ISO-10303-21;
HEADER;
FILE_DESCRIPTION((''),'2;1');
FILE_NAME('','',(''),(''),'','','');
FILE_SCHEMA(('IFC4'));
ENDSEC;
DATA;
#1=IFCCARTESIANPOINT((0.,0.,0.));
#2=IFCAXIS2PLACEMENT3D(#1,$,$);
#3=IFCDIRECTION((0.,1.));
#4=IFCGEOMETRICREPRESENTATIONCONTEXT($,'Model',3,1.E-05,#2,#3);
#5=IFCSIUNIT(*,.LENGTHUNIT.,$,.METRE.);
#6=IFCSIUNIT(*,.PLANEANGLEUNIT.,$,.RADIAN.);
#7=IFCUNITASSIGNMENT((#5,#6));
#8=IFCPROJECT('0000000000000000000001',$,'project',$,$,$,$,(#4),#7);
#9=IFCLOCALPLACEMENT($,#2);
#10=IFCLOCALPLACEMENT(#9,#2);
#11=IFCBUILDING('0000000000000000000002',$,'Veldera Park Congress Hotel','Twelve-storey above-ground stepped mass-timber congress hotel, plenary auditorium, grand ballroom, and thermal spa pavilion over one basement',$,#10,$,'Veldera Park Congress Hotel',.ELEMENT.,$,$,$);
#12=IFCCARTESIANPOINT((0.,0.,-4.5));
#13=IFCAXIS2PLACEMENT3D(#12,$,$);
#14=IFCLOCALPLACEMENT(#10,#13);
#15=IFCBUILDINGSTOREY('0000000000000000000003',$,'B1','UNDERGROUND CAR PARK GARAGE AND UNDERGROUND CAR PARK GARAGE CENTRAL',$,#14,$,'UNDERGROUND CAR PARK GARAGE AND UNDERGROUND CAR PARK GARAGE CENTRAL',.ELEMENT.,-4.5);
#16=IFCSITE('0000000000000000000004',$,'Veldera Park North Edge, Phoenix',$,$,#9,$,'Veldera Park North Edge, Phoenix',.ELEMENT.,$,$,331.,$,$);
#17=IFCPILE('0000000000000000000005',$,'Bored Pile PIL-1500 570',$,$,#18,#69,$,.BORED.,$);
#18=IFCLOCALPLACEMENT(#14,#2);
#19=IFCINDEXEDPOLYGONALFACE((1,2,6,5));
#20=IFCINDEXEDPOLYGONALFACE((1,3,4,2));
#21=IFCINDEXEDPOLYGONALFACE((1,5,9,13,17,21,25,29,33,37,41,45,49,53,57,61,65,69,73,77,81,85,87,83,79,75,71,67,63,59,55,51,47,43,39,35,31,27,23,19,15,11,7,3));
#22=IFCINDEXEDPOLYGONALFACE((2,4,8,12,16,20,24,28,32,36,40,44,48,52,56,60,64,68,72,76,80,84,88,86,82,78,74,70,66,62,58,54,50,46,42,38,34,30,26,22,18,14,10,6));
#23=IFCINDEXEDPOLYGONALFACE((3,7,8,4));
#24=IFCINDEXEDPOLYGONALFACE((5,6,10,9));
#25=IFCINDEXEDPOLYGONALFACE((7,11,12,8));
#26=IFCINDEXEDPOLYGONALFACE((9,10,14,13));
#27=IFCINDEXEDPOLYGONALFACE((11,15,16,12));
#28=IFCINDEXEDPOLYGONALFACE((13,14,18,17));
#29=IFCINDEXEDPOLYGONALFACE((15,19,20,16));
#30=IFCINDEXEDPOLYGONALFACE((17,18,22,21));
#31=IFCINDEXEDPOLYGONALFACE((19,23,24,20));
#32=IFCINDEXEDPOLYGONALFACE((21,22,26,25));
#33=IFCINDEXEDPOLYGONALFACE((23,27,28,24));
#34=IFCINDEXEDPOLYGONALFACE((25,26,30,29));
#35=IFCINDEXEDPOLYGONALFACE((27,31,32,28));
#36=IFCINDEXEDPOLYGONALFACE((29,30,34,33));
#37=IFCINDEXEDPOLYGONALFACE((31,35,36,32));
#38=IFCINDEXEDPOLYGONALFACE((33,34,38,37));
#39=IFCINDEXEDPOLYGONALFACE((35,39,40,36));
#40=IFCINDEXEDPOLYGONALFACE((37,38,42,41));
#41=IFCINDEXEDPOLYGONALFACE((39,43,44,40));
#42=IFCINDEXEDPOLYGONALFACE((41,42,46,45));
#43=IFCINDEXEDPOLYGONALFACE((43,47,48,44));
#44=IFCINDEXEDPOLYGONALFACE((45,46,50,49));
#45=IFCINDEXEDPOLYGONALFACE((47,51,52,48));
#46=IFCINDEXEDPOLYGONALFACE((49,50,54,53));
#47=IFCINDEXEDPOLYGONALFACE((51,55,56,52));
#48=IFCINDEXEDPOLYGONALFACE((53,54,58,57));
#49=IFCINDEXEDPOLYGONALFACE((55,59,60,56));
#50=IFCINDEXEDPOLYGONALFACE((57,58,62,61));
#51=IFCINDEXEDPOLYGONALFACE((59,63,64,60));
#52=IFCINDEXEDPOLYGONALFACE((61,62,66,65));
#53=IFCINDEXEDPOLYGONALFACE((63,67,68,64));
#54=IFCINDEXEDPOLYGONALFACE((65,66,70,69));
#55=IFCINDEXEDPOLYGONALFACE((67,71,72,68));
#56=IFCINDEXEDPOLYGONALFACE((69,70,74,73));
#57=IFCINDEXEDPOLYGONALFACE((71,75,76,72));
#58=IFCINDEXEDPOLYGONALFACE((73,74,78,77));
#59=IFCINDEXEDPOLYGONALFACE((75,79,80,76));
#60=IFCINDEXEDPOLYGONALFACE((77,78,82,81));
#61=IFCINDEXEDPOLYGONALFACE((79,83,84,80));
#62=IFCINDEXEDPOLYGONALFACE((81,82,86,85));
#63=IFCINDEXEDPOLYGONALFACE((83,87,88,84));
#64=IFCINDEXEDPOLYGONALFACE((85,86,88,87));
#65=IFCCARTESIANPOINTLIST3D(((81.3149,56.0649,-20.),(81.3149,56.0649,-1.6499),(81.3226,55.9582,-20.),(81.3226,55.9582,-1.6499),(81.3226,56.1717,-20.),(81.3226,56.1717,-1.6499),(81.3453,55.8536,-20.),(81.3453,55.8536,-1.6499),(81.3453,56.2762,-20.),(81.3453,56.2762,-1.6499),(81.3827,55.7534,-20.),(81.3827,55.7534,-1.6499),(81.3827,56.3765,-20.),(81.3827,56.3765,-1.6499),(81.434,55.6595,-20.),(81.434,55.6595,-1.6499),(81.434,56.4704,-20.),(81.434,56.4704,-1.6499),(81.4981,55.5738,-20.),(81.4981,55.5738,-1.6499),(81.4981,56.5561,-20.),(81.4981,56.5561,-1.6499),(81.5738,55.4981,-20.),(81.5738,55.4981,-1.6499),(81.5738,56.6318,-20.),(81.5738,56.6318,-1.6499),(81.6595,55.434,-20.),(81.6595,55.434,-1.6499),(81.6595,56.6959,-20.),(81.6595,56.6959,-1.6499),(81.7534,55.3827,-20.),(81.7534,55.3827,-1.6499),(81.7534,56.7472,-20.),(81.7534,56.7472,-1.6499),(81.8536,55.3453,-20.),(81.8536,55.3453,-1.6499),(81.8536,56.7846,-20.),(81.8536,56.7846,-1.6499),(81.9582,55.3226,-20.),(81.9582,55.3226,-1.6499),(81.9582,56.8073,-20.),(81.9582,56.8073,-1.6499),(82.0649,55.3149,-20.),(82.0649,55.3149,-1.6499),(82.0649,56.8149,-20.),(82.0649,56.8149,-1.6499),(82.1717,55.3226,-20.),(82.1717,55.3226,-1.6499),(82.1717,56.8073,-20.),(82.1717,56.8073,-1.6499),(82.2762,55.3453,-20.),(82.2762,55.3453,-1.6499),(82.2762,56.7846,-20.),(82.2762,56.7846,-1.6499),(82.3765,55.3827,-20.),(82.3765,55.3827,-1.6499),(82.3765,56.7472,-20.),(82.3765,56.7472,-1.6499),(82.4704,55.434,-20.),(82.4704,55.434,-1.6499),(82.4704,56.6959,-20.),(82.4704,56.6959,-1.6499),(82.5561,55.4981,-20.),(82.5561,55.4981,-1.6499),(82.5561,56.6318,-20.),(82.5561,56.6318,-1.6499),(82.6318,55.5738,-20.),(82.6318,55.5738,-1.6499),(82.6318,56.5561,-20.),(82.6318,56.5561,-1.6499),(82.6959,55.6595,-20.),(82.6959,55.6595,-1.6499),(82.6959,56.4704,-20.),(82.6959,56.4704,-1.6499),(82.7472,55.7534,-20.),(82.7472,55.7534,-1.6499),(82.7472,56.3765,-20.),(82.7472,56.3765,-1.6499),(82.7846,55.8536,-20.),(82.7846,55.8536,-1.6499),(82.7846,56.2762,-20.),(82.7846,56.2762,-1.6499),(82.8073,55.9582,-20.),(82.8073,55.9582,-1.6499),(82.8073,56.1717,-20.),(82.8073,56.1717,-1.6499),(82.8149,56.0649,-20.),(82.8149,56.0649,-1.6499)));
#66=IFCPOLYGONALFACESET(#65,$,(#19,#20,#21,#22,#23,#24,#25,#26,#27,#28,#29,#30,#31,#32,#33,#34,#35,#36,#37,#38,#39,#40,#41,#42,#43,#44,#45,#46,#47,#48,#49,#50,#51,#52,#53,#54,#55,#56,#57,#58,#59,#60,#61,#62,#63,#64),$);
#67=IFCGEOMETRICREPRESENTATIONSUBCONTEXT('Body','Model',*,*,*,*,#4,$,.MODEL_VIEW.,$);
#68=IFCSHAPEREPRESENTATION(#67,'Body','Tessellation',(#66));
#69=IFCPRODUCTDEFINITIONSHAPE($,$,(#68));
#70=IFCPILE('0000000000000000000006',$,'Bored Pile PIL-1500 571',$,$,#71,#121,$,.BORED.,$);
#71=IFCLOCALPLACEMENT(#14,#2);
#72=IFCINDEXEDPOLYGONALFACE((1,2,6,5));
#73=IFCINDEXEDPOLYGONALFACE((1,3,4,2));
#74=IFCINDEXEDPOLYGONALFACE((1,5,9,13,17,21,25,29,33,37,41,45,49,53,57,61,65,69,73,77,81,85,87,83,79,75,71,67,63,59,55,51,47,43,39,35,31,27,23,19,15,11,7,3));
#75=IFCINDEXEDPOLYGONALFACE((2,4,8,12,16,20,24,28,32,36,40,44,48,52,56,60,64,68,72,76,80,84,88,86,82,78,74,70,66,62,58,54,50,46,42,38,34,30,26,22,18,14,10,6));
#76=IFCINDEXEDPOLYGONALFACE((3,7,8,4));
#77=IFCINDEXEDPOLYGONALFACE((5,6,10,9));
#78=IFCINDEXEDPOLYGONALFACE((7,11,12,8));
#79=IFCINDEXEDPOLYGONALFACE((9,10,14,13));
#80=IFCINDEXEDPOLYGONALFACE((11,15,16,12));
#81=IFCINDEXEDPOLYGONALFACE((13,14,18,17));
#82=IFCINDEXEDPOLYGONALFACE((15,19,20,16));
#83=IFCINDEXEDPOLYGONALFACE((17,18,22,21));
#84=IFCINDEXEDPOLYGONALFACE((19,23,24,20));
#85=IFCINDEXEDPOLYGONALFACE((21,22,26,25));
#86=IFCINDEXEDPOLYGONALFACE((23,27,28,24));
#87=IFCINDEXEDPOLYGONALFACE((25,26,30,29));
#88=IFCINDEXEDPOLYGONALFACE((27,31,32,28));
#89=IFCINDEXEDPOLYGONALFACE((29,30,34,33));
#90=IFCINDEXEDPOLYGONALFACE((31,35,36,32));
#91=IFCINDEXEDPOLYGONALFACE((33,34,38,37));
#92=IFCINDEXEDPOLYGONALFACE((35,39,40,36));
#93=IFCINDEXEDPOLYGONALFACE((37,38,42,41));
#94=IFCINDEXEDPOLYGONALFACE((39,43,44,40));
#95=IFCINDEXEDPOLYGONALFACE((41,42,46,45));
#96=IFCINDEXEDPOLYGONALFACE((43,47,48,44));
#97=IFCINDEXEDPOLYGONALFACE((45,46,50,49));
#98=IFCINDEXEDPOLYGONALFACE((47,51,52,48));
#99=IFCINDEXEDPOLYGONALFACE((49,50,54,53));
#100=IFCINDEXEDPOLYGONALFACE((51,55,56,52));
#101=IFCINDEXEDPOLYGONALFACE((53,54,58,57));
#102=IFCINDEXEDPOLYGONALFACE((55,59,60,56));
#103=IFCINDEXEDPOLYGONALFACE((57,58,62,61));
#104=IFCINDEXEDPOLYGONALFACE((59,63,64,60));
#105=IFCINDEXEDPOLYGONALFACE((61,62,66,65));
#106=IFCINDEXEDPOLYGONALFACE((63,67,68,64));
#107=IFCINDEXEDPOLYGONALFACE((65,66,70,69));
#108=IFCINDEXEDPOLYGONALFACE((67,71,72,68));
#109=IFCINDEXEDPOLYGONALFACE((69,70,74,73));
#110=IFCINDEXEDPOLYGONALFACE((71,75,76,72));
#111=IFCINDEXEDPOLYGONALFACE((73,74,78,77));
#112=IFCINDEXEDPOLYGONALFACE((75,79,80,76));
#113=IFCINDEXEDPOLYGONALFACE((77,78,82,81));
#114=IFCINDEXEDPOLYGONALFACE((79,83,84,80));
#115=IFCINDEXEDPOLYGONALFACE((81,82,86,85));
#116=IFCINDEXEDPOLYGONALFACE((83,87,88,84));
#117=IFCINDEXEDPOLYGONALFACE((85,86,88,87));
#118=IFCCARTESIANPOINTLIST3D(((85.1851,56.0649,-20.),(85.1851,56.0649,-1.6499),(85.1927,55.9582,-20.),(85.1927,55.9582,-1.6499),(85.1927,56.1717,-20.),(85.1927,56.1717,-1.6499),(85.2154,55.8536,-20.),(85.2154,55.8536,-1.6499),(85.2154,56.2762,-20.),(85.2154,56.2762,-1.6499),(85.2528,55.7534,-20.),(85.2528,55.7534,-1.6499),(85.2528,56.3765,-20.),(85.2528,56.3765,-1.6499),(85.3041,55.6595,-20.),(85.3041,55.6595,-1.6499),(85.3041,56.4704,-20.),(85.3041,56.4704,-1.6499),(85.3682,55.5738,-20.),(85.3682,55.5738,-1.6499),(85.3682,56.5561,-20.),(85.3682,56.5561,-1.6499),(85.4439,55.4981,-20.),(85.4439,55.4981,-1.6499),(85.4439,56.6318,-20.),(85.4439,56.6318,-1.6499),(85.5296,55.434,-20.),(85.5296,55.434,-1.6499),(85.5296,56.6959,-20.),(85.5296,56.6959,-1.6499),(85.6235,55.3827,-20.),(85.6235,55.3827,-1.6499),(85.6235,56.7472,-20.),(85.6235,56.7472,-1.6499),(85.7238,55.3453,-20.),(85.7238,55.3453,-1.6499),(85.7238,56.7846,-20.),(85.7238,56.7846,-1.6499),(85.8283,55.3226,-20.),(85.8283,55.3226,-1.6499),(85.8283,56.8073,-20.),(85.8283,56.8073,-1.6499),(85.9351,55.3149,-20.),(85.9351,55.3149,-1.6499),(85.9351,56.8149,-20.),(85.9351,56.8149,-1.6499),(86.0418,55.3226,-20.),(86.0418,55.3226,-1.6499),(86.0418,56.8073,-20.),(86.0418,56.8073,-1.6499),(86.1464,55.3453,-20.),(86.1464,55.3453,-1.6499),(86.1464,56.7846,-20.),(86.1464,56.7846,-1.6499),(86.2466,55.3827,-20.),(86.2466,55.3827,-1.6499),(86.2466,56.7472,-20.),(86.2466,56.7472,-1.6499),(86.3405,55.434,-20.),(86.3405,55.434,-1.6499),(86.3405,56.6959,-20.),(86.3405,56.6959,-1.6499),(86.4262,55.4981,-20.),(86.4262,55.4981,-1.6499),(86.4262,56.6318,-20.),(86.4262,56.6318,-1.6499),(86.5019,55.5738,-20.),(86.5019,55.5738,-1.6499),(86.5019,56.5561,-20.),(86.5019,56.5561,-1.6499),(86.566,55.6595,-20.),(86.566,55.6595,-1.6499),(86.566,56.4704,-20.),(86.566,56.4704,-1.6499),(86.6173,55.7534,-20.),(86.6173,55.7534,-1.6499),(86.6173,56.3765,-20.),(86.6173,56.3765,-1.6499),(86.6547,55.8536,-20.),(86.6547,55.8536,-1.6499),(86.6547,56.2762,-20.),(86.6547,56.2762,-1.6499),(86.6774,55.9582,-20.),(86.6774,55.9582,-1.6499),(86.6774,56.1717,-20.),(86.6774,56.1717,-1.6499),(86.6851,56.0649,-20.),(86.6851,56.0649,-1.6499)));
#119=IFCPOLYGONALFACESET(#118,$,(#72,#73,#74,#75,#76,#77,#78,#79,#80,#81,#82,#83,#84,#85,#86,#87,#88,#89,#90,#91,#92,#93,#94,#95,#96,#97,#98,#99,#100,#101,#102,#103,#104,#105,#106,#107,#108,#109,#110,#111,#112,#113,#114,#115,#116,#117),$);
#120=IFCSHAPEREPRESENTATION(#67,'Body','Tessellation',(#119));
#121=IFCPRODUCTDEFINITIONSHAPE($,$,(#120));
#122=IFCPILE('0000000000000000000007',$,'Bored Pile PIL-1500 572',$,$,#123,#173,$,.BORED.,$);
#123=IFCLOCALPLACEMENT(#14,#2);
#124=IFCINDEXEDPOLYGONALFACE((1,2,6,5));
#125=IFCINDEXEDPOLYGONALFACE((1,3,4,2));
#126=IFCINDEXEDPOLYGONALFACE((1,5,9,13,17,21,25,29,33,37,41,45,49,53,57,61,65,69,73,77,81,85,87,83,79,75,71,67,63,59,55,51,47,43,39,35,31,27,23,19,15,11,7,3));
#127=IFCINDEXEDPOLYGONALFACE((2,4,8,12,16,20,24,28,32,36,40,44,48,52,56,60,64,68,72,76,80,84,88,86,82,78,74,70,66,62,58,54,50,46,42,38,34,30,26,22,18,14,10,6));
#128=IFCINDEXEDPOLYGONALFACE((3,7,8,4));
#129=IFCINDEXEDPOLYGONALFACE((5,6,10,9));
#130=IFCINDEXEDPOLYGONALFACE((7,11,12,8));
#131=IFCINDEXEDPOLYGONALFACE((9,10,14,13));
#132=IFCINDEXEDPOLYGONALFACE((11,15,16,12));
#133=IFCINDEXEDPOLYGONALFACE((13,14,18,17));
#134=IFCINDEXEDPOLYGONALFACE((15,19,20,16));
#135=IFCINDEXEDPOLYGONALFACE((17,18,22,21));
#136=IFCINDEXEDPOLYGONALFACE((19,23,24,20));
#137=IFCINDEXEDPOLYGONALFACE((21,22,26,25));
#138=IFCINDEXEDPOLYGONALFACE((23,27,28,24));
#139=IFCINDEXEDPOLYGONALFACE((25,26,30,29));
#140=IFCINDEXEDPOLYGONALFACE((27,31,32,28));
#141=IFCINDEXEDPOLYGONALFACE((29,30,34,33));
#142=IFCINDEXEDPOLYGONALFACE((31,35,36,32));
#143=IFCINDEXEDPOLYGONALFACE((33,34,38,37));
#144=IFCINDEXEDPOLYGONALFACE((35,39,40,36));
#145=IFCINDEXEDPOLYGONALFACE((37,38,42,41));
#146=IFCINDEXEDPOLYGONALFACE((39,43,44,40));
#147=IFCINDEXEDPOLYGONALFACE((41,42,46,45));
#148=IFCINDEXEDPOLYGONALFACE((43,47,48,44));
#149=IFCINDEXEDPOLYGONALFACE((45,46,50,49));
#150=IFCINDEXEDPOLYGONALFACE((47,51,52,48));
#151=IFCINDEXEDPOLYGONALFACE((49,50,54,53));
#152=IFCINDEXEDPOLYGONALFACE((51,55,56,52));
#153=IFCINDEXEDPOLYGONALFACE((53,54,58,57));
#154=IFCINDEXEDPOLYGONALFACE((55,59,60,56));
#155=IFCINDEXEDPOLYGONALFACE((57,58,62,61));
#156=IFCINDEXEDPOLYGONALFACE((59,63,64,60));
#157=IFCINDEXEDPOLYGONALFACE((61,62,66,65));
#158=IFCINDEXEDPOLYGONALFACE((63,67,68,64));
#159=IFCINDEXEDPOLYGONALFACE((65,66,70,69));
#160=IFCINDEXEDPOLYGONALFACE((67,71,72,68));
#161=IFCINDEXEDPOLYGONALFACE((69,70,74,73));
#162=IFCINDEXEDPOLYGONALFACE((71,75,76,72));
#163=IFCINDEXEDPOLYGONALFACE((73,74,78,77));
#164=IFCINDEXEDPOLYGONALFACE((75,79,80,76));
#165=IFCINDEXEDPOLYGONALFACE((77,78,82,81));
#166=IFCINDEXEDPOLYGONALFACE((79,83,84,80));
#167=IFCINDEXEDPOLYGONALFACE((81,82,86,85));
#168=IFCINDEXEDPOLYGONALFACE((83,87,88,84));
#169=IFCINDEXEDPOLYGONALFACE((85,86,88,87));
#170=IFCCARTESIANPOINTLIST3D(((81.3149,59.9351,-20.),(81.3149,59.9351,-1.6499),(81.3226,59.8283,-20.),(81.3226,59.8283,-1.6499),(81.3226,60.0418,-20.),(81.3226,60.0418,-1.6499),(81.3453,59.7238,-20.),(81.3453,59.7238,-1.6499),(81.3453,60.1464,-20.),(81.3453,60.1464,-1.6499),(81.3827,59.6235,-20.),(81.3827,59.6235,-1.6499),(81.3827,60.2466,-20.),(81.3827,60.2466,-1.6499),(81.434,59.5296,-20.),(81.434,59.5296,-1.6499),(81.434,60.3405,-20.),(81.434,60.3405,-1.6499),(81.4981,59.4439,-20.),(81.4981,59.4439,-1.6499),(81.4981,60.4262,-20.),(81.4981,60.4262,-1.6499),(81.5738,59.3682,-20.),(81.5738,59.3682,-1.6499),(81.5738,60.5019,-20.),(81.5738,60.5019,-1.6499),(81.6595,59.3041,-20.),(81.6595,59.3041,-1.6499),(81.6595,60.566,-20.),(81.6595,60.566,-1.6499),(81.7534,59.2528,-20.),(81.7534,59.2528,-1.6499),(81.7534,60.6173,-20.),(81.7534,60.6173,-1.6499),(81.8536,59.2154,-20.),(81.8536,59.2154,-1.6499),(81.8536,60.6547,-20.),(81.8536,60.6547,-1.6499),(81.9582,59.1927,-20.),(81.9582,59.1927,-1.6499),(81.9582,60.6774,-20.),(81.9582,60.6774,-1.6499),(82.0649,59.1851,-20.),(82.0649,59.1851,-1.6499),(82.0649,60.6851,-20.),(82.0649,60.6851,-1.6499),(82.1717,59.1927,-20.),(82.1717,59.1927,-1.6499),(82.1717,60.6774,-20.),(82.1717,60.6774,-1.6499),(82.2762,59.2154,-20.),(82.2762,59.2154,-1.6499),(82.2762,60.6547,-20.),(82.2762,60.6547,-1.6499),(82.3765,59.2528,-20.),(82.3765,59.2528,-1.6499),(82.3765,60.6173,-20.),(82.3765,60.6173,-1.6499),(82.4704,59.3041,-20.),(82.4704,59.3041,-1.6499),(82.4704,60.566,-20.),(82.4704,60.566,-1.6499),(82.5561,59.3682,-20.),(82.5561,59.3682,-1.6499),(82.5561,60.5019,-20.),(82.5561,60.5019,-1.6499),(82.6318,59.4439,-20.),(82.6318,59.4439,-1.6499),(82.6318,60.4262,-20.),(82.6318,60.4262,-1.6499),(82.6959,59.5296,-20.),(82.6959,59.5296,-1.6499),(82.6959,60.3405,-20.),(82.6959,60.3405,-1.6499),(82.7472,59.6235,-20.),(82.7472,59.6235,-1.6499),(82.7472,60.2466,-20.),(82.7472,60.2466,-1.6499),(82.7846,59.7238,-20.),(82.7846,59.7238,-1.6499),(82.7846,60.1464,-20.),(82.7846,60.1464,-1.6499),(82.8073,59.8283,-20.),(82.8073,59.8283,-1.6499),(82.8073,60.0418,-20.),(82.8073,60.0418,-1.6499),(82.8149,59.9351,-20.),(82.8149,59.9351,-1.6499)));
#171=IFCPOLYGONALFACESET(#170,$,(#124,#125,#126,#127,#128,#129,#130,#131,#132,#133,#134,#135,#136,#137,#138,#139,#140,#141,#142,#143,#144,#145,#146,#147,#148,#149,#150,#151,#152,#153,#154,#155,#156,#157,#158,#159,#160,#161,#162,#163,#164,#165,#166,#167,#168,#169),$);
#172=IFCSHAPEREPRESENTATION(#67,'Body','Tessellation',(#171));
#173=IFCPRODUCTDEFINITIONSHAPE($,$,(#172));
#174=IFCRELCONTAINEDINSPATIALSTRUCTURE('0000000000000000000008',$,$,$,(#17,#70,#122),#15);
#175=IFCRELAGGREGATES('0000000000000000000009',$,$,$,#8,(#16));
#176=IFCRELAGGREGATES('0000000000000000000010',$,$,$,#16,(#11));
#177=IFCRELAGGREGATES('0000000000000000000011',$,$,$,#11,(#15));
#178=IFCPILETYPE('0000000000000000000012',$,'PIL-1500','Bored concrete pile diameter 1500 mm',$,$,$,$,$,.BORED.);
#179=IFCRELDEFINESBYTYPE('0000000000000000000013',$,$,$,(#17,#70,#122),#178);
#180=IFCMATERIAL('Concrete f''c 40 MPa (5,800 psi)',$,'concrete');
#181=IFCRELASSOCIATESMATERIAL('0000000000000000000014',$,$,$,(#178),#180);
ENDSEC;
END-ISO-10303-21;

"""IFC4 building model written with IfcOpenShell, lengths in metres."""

from ifc_helpers import new_model, si_unit, direction, frame, origin, origin_2d, place, context, subcontext, project, spatial, circle, extrude, material, material_profile, profile_set, type_object, element, save


model = new_model("IFC4")

# Units and contexts
model_context = context("Model", 3, precision=1e-05, world=origin(), true_north=direction((0.0, 1.0)))
body_context = subcontext(model_context, "Body", "Model", "MODEL_VIEW")
ifc_project = project(units=[si_unit("LENGTHUNIT", "METRE"), si_unit("PLANEANGLEUNIT", "RADIAN")], contexts=[model_context])

# Site, building, storey
site_placement = place(None, origin())
site = spatial("IfcSite", under=ifc_project, at=site_placement, Name="Veldera Park North Edge, Phoenix", LongName="Veldera Park North Edge, Phoenix", CompositionType="ELEMENT", RefElevation=331.0)
building_placement = place(site_placement, origin())
building = spatial("IfcBuilding", under=site, at=building_placement, Name="Veldera Park Congress Hotel", Description="Twelve-storey above-ground stepped mass-timber congress hotel, plenary auditorium, grand ballroom, and thermal spa pavilion over one basement", LongName="Veldera Park Congress Hotel", CompositionType="ELEMENT")
storey_placement = place(building_placement, frame((0.0, 0.0, -4.5)))
storey = spatial("IfcBuildingStorey", under=building, at=storey_placement, Name="B1", Description="UNDERGROUND CAR PARK GARAGE AND UNDERGROUND CAR PARK GARAGE CENTRAL", LongName="UNDERGROUND CAR PARK GARAGE AND UNDERGROUND CAR PARK GARAGE CENTRAL", CompositionType="ELEMENT", Elevation=-4.5)

# Shared definitions
ifc_material_1 = material(Name="Concrete f'c 40 MPa (5,800 psi)", Category="concrete")

# Piles
ifc_material_profile_1 = material_profile(ifc_material_1, circle(Radius=0.75, at=origin_2d()), Name="PILE D1500")
ifc_profile_set_1 = profile_set([ifc_material_profile_1], Name="Concrete f'c 40 MPa (5,800 psi)")
pile_type = type_object("IfcPileType", Name="PIL-1500", Description="Bored concrete pile diameter 1500 mm", PredefinedType="BORED", material=ifc_profile_set_1)
for number, where, z_axis, x_axis, name in (
    (1, (82.0649, 56.0649, -1.6499), (0.0, 0.0, -1.0), (1.0, 0.0, 0.0), "Bored Pile PIL-1500 570"),
    (2, (85.9351, 56.0649, -1.6499), (0.0, 0.0, -1.0), (1.0, 0.0, 0.0), "Bored Pile PIL-1500 571"),
    (3, (82.0649, 59.9351, -1.6499), (0.0, 0.0, -1.0), (1.0, 0.0, 0.0), "Bored Pile PIL-1500 572"),
):
    element("IfcPile", number, at=place(storey_placement, frame(where, z_axis=z_axis, x_axis=x_axis)), inside=storey, type_object=pile_type, Name=name, PredefinedType="BORED", context=body_context, shape_type="SweptSolid", body=[
        extrude(circle(Radius=0.75, at=origin_2d()), origin(), (0.0, 0.0, 1.0), 18.3501),
    ])

save(model, "model.ifc")
